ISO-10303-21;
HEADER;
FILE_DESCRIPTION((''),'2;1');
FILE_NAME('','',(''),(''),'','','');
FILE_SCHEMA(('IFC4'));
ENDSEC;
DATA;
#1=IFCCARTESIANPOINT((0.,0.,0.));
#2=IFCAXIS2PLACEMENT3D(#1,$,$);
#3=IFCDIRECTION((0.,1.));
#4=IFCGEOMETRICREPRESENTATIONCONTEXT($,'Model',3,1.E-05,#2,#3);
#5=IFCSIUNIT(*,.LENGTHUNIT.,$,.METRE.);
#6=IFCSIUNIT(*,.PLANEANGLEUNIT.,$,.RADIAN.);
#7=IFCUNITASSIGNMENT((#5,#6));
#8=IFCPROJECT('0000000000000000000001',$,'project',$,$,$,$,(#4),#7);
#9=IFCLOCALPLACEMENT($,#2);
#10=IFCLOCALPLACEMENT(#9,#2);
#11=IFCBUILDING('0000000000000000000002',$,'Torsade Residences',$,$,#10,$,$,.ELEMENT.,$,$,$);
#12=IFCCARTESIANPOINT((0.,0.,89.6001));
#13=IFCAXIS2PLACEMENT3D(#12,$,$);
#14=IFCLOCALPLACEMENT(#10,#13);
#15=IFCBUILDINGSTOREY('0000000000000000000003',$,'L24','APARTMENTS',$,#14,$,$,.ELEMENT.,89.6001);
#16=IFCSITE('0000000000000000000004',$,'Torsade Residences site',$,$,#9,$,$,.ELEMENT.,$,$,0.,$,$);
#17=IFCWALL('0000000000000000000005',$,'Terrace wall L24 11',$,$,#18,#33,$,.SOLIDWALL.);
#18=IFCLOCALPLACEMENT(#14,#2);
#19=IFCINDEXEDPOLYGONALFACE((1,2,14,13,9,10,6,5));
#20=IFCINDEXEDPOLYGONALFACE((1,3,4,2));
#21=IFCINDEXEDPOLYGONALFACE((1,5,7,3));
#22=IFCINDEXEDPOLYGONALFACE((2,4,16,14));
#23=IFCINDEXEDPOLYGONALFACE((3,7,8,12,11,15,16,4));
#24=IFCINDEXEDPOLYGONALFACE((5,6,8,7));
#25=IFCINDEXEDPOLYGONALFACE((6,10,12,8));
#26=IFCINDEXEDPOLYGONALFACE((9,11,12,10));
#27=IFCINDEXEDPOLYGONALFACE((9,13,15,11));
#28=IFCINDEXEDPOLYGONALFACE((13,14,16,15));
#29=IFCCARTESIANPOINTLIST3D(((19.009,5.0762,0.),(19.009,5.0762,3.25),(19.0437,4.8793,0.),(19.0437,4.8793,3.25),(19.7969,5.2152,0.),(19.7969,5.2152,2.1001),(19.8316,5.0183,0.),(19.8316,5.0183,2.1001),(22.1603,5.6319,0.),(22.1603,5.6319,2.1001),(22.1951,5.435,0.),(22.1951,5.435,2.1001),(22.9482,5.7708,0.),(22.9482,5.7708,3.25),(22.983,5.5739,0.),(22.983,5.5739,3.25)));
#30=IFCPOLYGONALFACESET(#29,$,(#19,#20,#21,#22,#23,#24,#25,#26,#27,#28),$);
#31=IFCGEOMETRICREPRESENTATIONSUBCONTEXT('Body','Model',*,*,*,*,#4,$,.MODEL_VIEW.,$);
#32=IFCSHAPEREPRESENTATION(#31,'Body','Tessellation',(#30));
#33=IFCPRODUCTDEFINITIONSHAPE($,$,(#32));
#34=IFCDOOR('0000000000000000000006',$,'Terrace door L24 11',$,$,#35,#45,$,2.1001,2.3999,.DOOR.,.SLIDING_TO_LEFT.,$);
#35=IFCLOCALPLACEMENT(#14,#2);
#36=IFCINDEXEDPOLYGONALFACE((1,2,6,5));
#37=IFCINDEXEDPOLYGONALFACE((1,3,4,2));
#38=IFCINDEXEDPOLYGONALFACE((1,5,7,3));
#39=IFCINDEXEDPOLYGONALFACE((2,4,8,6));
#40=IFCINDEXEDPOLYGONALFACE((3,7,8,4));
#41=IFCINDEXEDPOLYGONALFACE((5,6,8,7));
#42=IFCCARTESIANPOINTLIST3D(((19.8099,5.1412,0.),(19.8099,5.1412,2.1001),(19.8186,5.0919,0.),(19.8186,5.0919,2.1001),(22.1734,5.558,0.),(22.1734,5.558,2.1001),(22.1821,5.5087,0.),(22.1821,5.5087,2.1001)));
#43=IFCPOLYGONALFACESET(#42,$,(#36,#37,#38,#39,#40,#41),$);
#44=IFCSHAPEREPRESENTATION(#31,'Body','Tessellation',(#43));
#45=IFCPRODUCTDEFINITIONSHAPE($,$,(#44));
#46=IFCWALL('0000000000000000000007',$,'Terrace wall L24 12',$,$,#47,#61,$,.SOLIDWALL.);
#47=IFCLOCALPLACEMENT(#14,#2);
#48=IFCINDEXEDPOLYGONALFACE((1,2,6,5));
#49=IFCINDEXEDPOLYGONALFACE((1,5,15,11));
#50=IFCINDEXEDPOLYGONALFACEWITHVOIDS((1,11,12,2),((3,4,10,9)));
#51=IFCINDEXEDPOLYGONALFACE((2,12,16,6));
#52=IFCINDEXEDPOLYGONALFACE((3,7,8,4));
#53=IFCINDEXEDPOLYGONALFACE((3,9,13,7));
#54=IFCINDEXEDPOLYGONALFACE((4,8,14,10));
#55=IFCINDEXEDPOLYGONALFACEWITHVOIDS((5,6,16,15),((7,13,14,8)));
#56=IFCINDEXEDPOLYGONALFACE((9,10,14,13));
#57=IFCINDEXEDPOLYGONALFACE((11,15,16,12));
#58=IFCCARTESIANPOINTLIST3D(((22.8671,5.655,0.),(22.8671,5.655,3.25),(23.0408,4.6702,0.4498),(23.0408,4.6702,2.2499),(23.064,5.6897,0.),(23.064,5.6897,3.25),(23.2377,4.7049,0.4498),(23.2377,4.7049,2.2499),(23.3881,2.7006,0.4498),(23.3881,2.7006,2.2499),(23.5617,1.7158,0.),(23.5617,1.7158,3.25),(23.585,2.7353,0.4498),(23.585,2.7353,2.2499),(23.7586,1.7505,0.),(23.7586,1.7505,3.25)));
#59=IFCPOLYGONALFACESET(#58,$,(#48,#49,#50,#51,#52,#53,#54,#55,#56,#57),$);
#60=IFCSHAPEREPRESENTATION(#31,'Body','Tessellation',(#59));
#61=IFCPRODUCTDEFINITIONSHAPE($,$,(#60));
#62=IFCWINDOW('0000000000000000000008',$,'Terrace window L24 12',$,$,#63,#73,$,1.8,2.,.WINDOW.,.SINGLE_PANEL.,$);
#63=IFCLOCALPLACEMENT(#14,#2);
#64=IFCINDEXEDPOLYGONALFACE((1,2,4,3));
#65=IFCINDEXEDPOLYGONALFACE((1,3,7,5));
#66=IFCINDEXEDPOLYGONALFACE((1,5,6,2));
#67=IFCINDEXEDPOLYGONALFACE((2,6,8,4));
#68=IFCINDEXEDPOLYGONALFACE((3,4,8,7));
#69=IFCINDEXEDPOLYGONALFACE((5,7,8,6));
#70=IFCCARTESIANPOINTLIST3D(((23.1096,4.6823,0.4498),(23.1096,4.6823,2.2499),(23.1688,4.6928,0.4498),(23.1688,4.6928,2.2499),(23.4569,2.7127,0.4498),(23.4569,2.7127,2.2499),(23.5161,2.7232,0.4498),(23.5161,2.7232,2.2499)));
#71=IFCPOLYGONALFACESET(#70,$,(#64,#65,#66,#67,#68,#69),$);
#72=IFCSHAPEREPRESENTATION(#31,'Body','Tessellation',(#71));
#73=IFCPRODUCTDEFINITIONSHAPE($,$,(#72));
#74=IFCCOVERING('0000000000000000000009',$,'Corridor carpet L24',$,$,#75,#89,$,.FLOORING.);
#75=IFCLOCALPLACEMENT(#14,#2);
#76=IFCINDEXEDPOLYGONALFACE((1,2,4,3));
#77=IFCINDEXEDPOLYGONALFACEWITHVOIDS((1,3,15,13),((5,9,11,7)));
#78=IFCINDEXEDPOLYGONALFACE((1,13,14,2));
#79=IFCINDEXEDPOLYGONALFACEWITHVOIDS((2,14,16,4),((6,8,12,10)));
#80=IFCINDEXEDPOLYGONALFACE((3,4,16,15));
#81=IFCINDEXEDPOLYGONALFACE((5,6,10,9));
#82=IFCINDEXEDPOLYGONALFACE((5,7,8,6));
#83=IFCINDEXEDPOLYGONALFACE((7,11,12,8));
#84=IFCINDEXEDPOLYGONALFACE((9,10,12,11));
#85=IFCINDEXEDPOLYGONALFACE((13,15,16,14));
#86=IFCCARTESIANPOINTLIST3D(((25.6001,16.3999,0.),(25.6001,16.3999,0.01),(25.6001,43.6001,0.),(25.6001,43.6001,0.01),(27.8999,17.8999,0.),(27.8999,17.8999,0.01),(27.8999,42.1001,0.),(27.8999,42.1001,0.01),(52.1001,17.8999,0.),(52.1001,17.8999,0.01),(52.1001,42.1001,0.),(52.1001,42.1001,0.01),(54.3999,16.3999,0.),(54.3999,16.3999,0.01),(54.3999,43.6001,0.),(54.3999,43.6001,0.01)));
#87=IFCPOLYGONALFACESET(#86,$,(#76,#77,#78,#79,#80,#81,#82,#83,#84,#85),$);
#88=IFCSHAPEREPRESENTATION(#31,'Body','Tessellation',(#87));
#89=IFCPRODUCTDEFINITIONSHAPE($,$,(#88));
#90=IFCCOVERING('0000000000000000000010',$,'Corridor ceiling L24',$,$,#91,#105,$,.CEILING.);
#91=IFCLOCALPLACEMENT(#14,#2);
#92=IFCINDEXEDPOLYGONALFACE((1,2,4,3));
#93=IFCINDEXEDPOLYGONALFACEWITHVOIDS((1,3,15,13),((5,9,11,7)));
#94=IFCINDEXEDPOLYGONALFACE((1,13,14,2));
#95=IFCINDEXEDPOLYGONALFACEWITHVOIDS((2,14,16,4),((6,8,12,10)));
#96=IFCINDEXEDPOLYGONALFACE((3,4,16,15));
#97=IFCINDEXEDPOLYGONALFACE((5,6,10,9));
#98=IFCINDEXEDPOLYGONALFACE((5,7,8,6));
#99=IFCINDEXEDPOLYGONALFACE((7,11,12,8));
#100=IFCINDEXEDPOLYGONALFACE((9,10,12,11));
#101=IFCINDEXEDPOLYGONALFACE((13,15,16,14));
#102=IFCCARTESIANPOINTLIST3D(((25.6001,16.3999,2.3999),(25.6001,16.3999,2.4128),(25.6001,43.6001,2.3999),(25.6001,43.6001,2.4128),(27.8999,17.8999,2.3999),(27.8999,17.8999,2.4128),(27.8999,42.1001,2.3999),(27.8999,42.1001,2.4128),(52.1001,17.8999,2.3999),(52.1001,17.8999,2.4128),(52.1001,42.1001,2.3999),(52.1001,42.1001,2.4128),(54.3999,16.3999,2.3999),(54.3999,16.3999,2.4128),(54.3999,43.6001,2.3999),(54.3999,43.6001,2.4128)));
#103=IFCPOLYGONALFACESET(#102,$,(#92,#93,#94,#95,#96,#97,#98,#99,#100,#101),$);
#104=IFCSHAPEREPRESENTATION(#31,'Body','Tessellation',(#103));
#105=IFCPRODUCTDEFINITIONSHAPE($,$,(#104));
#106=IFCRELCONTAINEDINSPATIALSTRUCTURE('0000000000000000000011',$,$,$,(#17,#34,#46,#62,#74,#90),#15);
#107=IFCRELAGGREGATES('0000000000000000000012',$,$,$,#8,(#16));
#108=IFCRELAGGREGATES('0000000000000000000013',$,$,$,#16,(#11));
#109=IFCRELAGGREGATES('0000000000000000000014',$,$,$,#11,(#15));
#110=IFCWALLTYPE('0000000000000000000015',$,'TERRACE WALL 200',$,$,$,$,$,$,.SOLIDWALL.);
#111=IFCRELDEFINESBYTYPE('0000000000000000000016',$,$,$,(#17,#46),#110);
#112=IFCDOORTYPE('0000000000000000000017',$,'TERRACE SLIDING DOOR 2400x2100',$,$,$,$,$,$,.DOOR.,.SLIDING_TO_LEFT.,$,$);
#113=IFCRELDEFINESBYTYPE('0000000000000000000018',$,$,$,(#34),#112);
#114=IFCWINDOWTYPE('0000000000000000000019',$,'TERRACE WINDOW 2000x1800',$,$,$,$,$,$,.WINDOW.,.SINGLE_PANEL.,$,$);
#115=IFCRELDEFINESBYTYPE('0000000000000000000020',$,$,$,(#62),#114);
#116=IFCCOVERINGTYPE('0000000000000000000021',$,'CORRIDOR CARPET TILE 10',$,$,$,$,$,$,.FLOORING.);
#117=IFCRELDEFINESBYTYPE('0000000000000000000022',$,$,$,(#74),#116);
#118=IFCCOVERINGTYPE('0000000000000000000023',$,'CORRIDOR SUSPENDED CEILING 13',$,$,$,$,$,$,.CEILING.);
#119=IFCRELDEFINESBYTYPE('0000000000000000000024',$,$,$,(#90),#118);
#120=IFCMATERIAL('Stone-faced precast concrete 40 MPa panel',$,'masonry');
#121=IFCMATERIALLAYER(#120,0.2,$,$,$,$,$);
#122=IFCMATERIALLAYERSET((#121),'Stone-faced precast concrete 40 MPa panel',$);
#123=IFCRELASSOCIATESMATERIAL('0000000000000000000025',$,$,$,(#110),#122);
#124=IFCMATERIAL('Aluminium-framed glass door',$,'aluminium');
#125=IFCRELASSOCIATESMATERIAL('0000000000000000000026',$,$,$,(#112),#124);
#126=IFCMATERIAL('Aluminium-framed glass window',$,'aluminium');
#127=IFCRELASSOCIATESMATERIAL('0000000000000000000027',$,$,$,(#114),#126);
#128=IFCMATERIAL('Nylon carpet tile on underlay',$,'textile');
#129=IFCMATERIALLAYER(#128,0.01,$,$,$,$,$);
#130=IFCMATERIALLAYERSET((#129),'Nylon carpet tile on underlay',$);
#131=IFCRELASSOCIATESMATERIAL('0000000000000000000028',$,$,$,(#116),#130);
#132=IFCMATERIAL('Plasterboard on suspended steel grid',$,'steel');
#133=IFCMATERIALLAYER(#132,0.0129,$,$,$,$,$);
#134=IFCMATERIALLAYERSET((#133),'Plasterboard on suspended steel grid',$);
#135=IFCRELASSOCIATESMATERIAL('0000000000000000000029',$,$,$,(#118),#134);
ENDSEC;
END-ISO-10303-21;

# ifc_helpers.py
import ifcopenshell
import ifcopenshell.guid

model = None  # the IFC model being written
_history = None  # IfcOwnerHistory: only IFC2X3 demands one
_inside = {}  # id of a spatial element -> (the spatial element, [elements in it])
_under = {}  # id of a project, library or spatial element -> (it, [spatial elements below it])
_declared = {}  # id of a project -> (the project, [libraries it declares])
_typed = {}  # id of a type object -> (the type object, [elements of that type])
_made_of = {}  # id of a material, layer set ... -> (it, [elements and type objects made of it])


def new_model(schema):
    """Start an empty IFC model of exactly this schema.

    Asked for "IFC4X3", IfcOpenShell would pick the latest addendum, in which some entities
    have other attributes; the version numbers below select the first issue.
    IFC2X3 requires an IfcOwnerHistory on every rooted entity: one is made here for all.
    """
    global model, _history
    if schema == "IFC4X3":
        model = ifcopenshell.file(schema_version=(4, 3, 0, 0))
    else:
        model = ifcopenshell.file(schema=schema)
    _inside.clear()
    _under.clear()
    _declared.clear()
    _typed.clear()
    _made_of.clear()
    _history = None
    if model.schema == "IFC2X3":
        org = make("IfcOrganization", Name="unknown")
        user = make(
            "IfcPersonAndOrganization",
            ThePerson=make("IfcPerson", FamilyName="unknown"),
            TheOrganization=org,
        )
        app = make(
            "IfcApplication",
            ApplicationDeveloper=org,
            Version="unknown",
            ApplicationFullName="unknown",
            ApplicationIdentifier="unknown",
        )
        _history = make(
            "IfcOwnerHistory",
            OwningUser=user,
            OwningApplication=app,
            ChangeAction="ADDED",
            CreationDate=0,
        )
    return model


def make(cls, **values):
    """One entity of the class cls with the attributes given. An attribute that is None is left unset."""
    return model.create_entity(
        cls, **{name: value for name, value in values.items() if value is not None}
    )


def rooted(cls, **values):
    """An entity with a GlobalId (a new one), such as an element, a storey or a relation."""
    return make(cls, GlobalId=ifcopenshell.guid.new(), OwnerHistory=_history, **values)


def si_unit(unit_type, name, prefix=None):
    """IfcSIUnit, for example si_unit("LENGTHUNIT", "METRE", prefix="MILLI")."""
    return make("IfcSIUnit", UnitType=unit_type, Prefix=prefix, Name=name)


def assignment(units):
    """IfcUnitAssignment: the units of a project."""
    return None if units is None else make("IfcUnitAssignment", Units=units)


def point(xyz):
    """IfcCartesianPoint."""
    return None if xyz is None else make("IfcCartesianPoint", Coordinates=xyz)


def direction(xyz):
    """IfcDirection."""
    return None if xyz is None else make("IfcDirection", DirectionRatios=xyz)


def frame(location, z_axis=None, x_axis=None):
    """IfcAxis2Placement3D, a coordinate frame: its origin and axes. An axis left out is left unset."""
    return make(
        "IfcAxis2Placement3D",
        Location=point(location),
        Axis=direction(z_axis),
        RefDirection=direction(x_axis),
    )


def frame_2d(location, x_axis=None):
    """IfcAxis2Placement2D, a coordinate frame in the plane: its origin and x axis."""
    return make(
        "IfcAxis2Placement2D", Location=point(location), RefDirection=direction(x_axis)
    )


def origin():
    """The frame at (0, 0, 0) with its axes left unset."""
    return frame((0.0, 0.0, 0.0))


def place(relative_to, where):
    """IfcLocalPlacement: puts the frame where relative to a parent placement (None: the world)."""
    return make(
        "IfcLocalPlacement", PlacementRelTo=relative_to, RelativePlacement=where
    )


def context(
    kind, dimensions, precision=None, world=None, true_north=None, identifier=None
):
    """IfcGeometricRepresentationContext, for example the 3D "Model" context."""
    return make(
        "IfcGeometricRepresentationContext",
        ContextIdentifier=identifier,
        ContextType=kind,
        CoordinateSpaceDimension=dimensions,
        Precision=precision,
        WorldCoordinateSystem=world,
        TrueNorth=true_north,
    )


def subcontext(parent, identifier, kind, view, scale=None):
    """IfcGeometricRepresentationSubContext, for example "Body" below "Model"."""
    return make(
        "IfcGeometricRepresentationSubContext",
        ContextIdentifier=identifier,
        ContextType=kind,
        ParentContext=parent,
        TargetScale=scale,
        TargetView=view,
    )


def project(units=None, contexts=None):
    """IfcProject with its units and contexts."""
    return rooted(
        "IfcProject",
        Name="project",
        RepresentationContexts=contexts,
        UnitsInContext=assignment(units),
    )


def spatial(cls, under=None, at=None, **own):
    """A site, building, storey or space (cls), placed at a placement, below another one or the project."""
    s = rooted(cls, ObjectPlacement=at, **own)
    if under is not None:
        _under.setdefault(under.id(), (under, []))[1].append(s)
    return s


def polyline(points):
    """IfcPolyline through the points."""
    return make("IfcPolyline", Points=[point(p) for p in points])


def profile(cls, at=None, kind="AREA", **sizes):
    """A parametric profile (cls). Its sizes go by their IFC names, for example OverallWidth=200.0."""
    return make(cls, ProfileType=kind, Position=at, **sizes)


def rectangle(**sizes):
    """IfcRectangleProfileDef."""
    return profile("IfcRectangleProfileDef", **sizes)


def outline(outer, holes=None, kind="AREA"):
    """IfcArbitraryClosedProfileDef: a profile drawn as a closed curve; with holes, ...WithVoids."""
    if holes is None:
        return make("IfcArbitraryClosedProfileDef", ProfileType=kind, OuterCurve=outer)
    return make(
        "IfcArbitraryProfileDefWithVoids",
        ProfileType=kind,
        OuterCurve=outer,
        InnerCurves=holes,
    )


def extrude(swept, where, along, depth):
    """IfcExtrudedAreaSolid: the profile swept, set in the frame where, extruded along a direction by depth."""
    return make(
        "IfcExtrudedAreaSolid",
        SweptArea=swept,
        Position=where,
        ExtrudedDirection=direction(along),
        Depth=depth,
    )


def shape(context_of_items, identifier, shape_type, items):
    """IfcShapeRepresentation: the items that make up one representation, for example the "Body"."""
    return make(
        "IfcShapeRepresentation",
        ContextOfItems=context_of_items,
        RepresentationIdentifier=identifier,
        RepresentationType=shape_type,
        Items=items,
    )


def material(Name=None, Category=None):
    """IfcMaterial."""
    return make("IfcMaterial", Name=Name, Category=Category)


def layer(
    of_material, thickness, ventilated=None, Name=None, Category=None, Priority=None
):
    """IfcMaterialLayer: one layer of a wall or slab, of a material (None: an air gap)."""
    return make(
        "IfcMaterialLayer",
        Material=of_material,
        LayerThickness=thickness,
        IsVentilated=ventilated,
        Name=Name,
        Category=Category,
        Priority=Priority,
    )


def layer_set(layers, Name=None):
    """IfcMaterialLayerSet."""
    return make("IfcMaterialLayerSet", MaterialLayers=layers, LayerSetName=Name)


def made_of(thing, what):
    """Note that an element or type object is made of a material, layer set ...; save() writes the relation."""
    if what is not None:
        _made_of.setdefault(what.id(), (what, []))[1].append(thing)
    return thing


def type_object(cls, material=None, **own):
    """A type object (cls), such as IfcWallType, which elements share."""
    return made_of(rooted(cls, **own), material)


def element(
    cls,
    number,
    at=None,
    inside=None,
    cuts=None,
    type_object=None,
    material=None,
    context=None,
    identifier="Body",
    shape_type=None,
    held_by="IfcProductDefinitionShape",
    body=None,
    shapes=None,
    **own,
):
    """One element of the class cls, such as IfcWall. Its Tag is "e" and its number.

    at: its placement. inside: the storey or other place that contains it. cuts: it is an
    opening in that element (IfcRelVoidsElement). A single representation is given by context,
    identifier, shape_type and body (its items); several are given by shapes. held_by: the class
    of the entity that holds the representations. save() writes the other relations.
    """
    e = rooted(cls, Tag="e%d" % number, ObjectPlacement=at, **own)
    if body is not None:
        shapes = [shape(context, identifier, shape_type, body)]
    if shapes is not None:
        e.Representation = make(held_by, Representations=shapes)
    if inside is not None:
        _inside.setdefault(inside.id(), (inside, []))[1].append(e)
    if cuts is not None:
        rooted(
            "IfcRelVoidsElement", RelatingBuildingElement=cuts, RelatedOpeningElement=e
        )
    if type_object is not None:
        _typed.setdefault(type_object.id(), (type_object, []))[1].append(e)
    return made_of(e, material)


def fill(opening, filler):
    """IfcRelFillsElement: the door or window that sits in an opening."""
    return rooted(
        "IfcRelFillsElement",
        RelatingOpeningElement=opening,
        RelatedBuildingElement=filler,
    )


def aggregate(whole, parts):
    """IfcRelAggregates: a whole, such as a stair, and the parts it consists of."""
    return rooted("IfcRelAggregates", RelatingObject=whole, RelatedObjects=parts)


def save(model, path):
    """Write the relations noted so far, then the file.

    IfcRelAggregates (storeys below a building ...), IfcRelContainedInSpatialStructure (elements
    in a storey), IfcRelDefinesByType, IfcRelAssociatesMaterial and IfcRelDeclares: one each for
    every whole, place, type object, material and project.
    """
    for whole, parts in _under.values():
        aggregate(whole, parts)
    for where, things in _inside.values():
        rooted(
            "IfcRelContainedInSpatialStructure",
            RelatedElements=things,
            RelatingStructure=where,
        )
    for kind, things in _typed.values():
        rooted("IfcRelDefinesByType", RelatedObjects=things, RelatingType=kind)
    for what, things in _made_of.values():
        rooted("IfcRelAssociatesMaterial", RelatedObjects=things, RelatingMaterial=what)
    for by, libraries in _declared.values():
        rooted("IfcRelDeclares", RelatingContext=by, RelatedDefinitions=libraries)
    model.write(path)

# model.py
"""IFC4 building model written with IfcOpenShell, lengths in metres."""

from ifc_helpers import new_model, si_unit, direction, frame, frame_2d, origin, place, context, subcontext, project, spatial, polyline, rectangle, outline, extrude, material, layer, layer_set, type_object, element, fill, save


model = new_model("IFC4")

# Units and contexts
model_context = context("Model", 3, precision=1e-05, world=origin(), true_north=direction((0.0, 1.0)))
body_context = subcontext(model_context, "Body", "Model", "MODEL_VIEW")
ifc_project = project(units=[si_unit("LENGTHUNIT", "METRE"), si_unit("PLANEANGLEUNIT", "RADIAN")], contexts=[model_context])

# Site, building, storey
site_placement = place(None, origin())
site = spatial("IfcSite", under=ifc_project, at=site_placement, Name="Torsade Residences site", CompositionType="ELEMENT", RefElevation=0.0)
building_placement = place(site_placement, origin())
building = spatial("IfcBuilding", under=site, at=building_placement, Name="Torsade Residences", CompositionType="ELEMENT")
storey_placement = place(building_placement, frame((0.0, 0.0, 89.6001)))
storey = spatial("IfcBuildingStorey", under=building, at=storey_placement, Name="L24", Description="APARTMENTS", CompositionType="ELEMENT", Elevation=89.6001)

# Wall, opening, door
ifc_material_1 = material(Name="Stone-faced precast concrete 40 MPa panel", Category="masonry")
ifc_layer_1 = layer(ifc_material_1, 0.2)
ifc_layer_set_1 = layer_set([ifc_layer_1], Name="Stone-faced precast concrete 40 MPa panel")
wall_type_1 = type_object("IfcWallType", Name="TERRACE WALL 200", PredefinedType="SOLIDWALL", material=ifc_layer_set_1)
wall_1_placement = place(storey_placement, frame((19.0264, 4.9778, 0.0), z_axis=(0.0, 0.0, 1.0), x_axis=(0.984808, 0.173646, 0.0)))
wall_1 = element("IfcWall", 1, at=wall_1_placement, inside=storey, type_object=wall_type_1, Name="Terrace wall L24 11", PredefinedType="SOLIDWALL", context=body_context, shape_type="SweptSolid", body=[
    extrude(rectangle(XDim=4.0, YDim=0.2, at=frame_2d((2.0, 0.0))), origin(), (0.0, 0.0, 1.0), 3.25),
])
opening_1_placement = place(wall_1_placement, frame((0.8, 0.0, 0.0)))
opening_1 = element("IfcOpeningElement", 2, at=opening_1_placement, cuts=wall_1, PredefinedType="OPENING", context=body_context, shape_type="SweptSolid", body=[
    extrude(rectangle(XDim=2.3999, YDim=2.1001, at=frame_2d((1.2, 1.05))), frame((0.0, 0.1099, 0.0), z_axis=(0.0, -1.0, 0.0), x_axis=(1.0, 0.0, 0.0)), (0.0, 0.0, 1.0), 0.22),
])
ifc_material_2 = material(Name="Aluminium-framed glass door", Category="aluminium")
door_type_1 = type_object("IfcDoorType", Name="TERRACE SLIDING DOOR 2400x2100", OperationType="SLIDING_TO_LEFT", PredefinedType="DOOR", material=ifc_material_2)
door_1_placement = place(opening_1_placement, origin())
door_1 = element("IfcDoor", 3, at=door_1_placement, inside=storey, type_object=door_type_1, Name="Terrace door L24 11", OperationType="SLIDING_TO_LEFT", OverallHeight=2.1001, OverallWidth=2.3999, PredefinedType="DOOR", context=body_context, shape_type="SweptSolid", body=[
    extrude(rectangle(XDim=2.3999, YDim=2.1001, at=frame_2d((1.2, 1.05))), frame((0.0, 0.0249, 0.0), z_axis=(0.0, -1.0, 0.0), x_axis=(1.0, 0.0, 0.0)), (0.0, 0.0, 1.0), 0.05),
])
fill(opening_1, door_1)

# Wall, opening, window
wall_2_placement = place(storey_placement, frame((22.9656, 5.6724, 0.0), z_axis=(0.0, 0.0, 1.0), x_axis=(0.173646, -0.984808, 0.0)))
wall_2 = element("IfcWall", 4, at=wall_2_placement, inside=storey, type_object=wall_type_1, Name="Terrace wall L24 12", PredefinedType="SOLIDWALL", context=body_context, shape_type="SweptSolid", body=[
    extrude(rectangle(XDim=4.0, YDim=0.2, at=frame_2d((2.0, 0.0))), origin(), (0.0, 0.0, 1.0), 3.25),
])
opening_2_placement = place(wall_2_placement, frame((1.0, 0.0, 0.45)))
opening_2 = element("IfcOpeningElement", 5, at=opening_2_placement, cuts=wall_2, PredefinedType="OPENING", context=body_context, shape_type="SweptSolid", body=[
    extrude(rectangle(XDim=2.0, YDim=1.8, at=frame_2d((1.0, 0.8999))), frame((0.0, 0.1099, 0.0), z_axis=(0.0, -1.0, 0.0), x_axis=(1.0, 0.0, 0.0)), (0.0, 0.0, 1.0), 0.22),
])
ifc_material_3 = material(Name="Aluminium-framed glass window", Category="aluminium")
window_type = type_object("IfcWindowType", Name="TERRACE WINDOW 2000x1800", PartitioningType="SINGLE_PANEL", PredefinedType="WINDOW", material=ifc_material_3)
window_placement = place(opening_2_placement, origin())
window = element("IfcWindow", 6, at=window_placement, inside=storey, type_object=window_type, Name="Terrace window L24 12", OverallHeight=1.8, OverallWidth=2.0, PartitioningType="SINGLE_PANEL", PredefinedType="WINDOW", context=body_context, shape_type="SweptSolid", body=[
    extrude(rectangle(XDim=2.0, YDim=1.8, at=frame_2d((1.0, 0.8999))), frame((0.0, 0.03, 0.0), z_axis=(0.0, -1.0, 0.0), x_axis=(1.0, 0.0, 0.0)), (0.0, 0.0, 1.0), 0.0601),
])
fill(opening_2, window)

# Coverings
ifc_material_4 = material(Name="Nylon carpet tile on underlay", Category="textile")
ifc_layer_2 = layer(ifc_material_4, 0.01)
ifc_layer_set_2 = layer_set([ifc_layer_2], Name="Nylon carpet tile on underlay")
covering_type_1 = type_object("IfcCoveringType", Name="CORRIDOR CARPET TILE 10", PredefinedType="FLOORING", material=ifc_layer_set_2)
covering_1_placement = place(storey_placement, origin())
element("IfcCovering", 7, at=covering_1_placement, inside=storey, type_object=covering_type_1, Name="Corridor carpet L24", PredefinedType="FLOORING", context=body_context, shape_type="SweptSolid", body=[
    extrude(outline(polyline([(54.3999, 16.3999), (54.3999, 43.6001), (25.6001, 43.6001), (25.6001, 16.3999), (54.3999, 16.3999)]), holes=[polyline([(52.1001, 42.1001), (27.8999, 42.1001), (27.8999, 17.8999), (52.1001, 17.8999), (52.1001, 42.1001)])]), origin(), (0.0, 0.0, 1.0), 0.01),
])
ifc_material_5 = material(Name="Plasterboard on suspended steel grid", Category="steel")
ifc_layer_3 = layer(ifc_material_5, 0.0129)
ifc_layer_set_3 = layer_set([ifc_layer_3], Name="Plasterboard on suspended steel grid")
covering_type_2 = type_object("IfcCoveringType", Name="CORRIDOR SUSPENDED CEILING 13", PredefinedType="CEILING", material=ifc_layer_set_3)
covering_2_placement = place(storey_placement, frame((0.0, 0.0, 2.3999)))
element("IfcCovering", 8, at=covering_2_placement, inside=storey, type_object=covering_type_2, Name="Corridor ceiling L24", PredefinedType="CEILING", context=body_context, shape_type="SweptSolid", body=[
    extrude(outline(polyline([(54.3999, 16.3999), (54.3999, 43.6001), (25.6001, 43.6001), (25.6001, 16.3999), (54.3999, 16.3999)]), holes=[polyline([(52.1001, 42.1001), (27.8999, 42.1001), (27.8999, 17.8999), (52.1001, 17.8999), (52.1001, 42.1001)])]), origin(), (0.0, 0.0, 1.0), 0.0129),
])

save(model, "model.ifc")
